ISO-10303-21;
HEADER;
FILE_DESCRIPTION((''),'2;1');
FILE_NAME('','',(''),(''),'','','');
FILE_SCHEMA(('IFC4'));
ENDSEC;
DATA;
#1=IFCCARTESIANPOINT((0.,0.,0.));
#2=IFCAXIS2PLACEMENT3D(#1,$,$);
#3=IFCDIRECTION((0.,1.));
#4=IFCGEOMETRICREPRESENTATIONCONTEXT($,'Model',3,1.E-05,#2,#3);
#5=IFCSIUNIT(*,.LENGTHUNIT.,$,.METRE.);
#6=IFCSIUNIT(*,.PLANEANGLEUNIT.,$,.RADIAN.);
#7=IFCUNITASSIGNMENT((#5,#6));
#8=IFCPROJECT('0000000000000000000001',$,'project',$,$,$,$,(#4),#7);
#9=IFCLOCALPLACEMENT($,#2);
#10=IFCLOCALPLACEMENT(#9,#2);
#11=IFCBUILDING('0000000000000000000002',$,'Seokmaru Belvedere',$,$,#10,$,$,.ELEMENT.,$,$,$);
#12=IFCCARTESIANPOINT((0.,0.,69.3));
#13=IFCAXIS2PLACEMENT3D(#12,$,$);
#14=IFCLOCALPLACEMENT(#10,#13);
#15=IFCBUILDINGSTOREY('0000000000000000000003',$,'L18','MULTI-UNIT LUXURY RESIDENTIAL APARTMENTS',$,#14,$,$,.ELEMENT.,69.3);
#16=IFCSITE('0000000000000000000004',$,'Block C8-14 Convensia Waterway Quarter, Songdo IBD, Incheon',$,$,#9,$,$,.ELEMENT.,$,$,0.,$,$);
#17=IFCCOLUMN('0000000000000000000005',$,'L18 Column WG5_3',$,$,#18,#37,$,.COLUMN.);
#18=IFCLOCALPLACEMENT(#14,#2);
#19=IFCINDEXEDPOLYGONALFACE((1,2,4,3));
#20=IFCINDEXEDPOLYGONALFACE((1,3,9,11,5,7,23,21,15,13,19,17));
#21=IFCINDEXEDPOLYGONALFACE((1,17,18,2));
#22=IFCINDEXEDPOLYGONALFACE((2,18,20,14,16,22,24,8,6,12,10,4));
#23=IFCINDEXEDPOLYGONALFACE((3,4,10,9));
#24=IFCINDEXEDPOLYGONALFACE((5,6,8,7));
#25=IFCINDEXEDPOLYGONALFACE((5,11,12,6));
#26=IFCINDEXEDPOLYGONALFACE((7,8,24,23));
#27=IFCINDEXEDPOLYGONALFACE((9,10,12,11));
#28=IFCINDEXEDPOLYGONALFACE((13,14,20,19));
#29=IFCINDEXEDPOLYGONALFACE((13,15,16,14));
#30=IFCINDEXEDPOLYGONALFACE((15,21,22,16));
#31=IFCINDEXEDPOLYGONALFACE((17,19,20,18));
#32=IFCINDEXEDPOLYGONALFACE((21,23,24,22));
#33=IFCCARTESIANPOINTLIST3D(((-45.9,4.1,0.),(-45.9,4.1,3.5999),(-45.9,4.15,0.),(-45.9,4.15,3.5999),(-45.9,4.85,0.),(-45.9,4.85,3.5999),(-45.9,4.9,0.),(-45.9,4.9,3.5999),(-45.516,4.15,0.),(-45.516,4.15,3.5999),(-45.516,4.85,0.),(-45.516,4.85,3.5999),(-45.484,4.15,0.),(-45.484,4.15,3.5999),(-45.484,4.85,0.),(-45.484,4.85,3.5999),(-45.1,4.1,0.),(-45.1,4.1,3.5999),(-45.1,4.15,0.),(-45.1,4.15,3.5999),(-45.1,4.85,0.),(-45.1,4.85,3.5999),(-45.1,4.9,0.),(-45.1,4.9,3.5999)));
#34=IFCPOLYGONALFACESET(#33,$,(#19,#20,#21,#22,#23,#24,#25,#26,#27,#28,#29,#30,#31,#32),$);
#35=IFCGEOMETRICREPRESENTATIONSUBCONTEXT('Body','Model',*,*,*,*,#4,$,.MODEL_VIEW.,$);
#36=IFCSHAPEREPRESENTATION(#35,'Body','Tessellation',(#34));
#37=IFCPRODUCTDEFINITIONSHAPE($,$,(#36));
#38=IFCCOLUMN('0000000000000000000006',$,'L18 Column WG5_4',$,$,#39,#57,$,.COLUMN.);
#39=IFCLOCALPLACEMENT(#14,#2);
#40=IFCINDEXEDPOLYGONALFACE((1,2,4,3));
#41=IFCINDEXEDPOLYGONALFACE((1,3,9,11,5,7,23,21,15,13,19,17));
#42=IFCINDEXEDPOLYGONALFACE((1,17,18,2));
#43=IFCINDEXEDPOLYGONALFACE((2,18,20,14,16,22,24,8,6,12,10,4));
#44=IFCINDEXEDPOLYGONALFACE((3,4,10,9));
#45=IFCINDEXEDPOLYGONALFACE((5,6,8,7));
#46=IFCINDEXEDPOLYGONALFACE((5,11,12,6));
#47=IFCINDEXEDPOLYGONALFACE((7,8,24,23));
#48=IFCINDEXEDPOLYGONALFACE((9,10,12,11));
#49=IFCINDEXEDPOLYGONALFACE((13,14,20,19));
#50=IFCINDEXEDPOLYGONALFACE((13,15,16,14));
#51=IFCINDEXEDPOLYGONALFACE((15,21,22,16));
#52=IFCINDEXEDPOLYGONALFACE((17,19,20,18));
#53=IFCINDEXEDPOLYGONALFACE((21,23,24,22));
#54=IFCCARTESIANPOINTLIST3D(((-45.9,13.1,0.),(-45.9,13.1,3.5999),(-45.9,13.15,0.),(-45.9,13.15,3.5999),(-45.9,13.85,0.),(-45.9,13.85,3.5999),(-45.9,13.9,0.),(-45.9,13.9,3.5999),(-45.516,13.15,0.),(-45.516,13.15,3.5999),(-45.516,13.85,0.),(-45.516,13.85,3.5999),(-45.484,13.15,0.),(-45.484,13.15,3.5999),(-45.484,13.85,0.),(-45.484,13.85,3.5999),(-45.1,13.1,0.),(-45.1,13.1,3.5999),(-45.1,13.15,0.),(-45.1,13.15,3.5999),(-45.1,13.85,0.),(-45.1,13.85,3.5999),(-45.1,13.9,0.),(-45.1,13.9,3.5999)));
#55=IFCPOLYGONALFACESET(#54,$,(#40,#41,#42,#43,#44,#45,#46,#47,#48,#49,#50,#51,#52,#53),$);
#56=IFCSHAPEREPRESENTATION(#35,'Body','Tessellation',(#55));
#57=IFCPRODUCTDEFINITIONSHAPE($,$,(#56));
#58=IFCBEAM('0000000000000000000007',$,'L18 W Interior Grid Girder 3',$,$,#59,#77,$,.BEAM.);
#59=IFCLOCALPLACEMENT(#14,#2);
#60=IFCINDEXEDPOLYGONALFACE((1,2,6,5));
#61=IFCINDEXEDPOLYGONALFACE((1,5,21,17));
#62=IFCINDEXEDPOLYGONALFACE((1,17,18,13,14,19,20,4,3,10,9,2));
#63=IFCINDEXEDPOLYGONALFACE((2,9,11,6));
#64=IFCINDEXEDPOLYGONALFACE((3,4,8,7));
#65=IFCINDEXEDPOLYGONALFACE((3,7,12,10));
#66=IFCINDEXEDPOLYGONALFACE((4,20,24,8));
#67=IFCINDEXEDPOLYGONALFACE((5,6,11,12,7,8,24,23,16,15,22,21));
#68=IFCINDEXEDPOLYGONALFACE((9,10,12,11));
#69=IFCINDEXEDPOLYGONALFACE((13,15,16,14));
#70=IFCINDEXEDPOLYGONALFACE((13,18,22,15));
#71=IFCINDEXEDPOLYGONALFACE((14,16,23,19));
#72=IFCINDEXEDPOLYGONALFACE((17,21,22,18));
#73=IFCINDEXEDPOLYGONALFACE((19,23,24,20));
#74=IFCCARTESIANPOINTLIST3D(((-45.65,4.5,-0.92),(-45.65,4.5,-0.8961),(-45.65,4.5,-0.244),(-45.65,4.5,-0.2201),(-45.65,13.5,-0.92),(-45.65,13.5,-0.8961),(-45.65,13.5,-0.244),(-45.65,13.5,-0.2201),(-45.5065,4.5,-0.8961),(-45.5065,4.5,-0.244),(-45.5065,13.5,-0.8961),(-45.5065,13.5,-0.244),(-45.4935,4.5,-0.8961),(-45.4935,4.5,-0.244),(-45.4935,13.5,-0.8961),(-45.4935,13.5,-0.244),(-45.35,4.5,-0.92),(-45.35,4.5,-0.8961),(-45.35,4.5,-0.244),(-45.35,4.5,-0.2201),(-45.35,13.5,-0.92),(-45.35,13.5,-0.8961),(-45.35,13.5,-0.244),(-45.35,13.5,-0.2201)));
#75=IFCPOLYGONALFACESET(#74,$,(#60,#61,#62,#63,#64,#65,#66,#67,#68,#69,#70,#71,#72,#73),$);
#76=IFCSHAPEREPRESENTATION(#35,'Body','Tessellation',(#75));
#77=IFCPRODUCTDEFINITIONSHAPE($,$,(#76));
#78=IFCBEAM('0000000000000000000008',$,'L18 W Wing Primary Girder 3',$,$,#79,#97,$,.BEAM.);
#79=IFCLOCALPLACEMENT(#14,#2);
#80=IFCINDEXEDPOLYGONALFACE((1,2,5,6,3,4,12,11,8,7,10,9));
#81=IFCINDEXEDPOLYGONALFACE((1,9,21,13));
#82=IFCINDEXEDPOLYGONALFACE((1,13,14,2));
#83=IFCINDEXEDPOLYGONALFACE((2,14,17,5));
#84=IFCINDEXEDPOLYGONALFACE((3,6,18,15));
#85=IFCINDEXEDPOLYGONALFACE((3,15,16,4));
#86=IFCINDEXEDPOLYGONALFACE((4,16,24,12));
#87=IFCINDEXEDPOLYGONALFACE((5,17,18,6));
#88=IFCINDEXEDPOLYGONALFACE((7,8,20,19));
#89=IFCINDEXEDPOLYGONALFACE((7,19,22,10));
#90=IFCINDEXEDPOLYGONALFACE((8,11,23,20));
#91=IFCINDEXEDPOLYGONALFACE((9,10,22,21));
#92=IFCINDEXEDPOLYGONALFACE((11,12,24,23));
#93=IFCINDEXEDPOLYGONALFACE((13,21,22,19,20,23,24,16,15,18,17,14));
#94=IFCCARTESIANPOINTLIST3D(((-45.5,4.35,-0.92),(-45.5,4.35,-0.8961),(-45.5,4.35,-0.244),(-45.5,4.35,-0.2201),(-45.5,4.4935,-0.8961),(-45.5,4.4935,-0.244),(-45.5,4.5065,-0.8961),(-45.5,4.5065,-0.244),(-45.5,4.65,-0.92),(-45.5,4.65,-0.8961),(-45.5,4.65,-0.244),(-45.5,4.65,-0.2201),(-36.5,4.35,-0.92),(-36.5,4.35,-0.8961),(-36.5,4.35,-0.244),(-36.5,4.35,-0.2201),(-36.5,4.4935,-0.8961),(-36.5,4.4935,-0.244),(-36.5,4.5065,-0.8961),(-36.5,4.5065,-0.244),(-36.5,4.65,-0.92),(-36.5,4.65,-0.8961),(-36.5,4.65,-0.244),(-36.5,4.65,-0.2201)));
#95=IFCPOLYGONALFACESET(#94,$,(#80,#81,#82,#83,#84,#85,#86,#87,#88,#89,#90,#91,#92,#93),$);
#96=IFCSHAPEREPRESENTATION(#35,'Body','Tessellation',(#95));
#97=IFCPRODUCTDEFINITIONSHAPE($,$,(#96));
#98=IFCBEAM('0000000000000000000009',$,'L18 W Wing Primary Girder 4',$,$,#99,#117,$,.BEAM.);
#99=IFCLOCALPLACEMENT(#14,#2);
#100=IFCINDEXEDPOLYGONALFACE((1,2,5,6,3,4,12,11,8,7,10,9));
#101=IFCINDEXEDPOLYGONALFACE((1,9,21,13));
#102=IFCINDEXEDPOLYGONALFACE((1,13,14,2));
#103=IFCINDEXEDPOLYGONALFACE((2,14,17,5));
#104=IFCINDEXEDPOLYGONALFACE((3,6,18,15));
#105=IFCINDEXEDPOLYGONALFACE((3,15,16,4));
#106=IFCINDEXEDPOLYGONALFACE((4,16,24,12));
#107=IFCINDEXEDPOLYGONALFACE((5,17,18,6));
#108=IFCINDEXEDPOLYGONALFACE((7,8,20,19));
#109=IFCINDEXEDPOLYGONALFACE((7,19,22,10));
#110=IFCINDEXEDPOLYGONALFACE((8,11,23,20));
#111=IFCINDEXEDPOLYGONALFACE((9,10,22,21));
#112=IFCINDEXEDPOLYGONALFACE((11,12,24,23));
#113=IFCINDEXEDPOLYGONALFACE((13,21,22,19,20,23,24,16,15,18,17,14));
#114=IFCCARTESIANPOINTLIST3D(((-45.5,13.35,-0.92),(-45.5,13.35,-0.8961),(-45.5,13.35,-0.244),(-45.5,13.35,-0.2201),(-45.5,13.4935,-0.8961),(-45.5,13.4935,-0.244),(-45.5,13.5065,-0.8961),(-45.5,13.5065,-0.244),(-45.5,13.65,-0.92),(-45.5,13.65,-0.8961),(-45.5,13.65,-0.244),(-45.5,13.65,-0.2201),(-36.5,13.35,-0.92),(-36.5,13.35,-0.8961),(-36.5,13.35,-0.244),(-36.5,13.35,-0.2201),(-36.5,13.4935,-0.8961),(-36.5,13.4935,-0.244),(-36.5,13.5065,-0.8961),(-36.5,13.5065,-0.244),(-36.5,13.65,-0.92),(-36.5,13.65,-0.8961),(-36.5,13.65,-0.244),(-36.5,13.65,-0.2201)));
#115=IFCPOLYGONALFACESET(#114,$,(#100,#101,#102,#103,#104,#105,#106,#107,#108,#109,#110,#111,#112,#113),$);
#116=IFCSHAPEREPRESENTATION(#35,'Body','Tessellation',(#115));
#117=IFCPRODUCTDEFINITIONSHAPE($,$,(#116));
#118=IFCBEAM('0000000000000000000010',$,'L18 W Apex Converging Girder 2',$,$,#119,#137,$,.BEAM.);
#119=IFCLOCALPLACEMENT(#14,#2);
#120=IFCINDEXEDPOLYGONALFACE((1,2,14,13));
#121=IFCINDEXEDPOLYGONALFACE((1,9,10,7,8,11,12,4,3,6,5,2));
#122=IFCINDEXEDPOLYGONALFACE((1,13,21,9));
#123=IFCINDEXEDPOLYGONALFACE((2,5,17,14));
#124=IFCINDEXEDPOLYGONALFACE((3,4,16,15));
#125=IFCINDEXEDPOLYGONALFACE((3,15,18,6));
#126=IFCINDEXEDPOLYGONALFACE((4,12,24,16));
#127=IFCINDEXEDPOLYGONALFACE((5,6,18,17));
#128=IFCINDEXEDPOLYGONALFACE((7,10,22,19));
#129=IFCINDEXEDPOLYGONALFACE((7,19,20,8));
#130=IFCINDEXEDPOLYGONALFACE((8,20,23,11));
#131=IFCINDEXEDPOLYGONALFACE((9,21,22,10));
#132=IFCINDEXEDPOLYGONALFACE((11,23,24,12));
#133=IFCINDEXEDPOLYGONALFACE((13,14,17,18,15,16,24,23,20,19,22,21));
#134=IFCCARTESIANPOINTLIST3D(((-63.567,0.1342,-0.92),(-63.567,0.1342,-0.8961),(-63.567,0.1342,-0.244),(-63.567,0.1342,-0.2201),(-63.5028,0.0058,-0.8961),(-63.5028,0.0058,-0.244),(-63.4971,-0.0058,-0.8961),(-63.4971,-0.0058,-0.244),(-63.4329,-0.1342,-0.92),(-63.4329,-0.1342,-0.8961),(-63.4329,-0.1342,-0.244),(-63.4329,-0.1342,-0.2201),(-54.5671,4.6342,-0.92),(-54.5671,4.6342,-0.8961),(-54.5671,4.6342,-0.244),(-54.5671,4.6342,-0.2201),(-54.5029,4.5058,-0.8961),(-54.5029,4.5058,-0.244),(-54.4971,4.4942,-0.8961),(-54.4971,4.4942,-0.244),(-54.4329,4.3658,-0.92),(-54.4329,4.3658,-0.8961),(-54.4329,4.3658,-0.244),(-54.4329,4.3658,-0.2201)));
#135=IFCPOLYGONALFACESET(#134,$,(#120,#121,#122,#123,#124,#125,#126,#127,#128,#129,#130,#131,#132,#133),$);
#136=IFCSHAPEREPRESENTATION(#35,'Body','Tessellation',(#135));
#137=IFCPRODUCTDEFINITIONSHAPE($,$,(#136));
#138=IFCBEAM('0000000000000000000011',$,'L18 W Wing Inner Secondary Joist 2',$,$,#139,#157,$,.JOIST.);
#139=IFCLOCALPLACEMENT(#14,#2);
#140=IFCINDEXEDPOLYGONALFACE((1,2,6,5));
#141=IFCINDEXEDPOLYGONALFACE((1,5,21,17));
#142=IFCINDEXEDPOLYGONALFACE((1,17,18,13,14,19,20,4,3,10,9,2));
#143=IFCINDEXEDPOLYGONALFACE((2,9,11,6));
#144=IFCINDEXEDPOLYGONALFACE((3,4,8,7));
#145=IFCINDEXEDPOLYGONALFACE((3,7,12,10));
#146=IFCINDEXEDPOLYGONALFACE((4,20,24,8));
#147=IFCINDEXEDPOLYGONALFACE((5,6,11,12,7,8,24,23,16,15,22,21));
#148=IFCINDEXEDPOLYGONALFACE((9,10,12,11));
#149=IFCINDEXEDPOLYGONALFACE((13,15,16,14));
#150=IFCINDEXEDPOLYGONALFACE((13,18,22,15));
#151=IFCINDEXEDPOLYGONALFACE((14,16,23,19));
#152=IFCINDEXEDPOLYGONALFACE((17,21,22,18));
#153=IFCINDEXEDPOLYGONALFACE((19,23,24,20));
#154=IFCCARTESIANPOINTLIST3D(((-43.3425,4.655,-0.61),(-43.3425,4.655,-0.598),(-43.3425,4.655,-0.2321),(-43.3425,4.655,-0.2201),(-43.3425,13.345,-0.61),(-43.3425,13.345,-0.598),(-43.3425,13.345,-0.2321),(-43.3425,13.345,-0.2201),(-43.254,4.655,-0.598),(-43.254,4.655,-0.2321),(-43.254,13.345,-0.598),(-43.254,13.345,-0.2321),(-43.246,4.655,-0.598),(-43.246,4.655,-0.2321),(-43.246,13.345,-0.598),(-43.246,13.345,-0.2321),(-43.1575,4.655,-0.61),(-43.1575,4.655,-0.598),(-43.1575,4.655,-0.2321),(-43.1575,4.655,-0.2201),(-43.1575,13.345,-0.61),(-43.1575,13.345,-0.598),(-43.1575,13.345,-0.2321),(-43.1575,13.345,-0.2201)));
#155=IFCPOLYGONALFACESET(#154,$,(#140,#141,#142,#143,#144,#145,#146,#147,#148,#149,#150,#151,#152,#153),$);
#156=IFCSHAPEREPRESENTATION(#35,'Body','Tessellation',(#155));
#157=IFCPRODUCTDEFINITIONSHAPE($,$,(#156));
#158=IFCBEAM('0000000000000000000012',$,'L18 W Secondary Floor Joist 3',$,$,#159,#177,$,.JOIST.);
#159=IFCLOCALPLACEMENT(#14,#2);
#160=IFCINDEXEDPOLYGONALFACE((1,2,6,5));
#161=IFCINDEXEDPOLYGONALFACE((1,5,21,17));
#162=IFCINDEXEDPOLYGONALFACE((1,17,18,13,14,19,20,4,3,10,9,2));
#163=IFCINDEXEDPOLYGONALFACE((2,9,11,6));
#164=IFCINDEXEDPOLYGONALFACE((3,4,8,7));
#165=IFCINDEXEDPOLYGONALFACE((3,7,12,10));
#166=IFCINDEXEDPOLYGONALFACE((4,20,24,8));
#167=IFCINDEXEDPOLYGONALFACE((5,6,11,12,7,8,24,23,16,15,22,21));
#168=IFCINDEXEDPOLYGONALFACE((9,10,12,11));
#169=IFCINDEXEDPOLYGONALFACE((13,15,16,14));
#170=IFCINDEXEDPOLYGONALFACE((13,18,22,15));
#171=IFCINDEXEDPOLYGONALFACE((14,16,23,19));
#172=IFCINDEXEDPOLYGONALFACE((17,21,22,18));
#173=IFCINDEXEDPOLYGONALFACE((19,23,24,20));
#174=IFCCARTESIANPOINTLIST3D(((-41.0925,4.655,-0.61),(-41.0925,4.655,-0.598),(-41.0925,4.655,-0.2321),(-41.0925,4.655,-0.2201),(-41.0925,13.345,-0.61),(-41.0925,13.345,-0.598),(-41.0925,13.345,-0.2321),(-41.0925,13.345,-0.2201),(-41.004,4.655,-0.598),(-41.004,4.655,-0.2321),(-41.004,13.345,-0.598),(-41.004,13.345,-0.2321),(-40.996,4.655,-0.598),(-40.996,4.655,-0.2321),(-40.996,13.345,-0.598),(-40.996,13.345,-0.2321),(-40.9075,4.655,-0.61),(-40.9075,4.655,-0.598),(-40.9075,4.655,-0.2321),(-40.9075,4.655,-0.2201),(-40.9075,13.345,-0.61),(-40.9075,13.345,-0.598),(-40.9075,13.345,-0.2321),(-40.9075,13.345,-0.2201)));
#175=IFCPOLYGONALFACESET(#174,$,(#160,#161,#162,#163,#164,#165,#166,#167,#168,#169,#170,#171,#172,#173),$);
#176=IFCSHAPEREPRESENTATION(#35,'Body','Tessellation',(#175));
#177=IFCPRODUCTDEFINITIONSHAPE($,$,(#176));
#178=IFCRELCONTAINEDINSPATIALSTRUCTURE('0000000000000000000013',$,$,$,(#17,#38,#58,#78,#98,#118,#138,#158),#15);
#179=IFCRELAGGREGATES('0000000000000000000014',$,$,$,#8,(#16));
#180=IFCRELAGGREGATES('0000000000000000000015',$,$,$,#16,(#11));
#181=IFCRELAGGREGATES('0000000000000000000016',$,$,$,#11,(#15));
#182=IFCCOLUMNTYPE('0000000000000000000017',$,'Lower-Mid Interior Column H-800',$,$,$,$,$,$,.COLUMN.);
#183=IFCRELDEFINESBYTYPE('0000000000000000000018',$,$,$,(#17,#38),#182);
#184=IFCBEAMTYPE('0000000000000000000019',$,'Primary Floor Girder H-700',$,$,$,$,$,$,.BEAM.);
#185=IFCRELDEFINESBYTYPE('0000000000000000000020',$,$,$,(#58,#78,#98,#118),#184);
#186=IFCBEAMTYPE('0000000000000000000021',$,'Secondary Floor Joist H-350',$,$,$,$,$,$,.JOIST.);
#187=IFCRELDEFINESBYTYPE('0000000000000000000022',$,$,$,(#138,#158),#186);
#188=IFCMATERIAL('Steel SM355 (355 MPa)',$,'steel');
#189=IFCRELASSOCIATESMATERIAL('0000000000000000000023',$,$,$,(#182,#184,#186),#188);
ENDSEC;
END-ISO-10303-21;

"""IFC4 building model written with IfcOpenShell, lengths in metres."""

from ifc_helpers import new_model, si_unit, direction, frame, origin, origin_2d, place, context, subcontext, project, spatial, i_section, extrude, source, transform, mapped, material, material_profile, profile_set, type_object, type_shapes, element, save


model = new_model("IFC4")

# Units and contexts
model_context = context("Model", 3, precision=1e-05, world=origin(), true_north=direction((0.0, 1.0)))
body_context = subcontext(model_context, "Body", "Model", "MODEL_VIEW")
ifc_project = project(units=[si_unit("LENGTHUNIT", "METRE"), si_unit("PLANEANGLEUNIT", "RADIAN")], contexts=[model_context])

# Site, building, storey
site_placement = place(None, origin())
site = spatial("IfcSite", under=ifc_project, at=site_placement, Name="Block C8-14 Convensia Waterway Quarter, Songdo IBD, Incheon", CompositionType="ELEMENT", RefElevation=0.0)
building_placement = place(site_placement, origin())
building = spatial("IfcBuilding", under=site, at=building_placement, Name="Seokmaru Belvedere", CompositionType="ELEMENT")
storey_placement = place(building_placement, frame((0.0, 0.0, 69.3)))
storey = spatial("IfcBuildingStorey", under=building, at=storey_placement, Name="L18", Description="MULTI-UNIT LUXURY RESIDENTIAL APARTMENTS", CompositionType="ELEMENT", Elevation=69.3)

# Columns
ifc_material_1 = material(Name="Steel SM355 (355 MPa)", Category="steel")
ifc_material_profile_1 = material_profile(ifc_material_1, i_section(OverallWidth=0.8, OverallDepth=0.8, WebThickness=0.032, FlangeThickness=0.05, at=origin_2d()), Name="H-800x800x32x50")
ifc_profile_set_1 = profile_set([ifc_material_profile_1], Name="Steel SM355 (355 MPa)")
column_type = type_object("IfcColumnType", Name="Lower-Mid Interior Column H-800", PredefinedType="COLUMN", material=ifc_profile_set_1)
shared_shape_1 = source(origin(), body_context, "Body", "SweptSolid", [
    extrude(i_section(OverallWidth=0.8, OverallDepth=0.8, WebThickness=0.032, FlangeThickness=0.05, at=origin_2d()), origin(), (0.0, 0.0, 1.0), 3.5999),
])
type_shapes(column_type, [shared_shape_1])
for number, where, z_axis, x_axis, name in (
    (1, (-45.5, 4.5, 0.0), (0.0, 0.0, 1.0), (1.0, 0.0, 0.0), "L18 Column WG5_3"),
    (2, (-45.5, 13.5, 0.0), (0.0, 0.0, 1.0), (1.0, 0.0, 0.0), "L18 Column WG5_4"),
):
    element("IfcColumn", number, at=place(storey_placement, frame(where, z_axis=z_axis, x_axis=x_axis)), inside=storey, type_object=column_type, Name=name, PredefinedType="COLUMN", context=body_context, shape_type="MappedRepresentation", body=[
        mapped(shared_shape_1, transform((0.0, 0.0, 0.0), scale=1.0)),
    ])

# Beams
ifc_material_profile_2 = material_profile(ifc_material_1, i_section(OverallWidth=0.3, OverallDepth=0.7, WebThickness=0.0129, FlangeThickness=0.0239, at=origin_2d()), Name="H-700x300x13x24")
ifc_profile_set_2 = profile_set([ifc_material_profile_2], Name="Steel SM355 (355 MPa)")
beam_type_1 = type_object("IfcBeamType", Name="Primary Floor Girder H-700", PredefinedType="BEAM", material=ifc_profile_set_2)
shared_shape_2 = source(origin(), body_context, "Body", "SweptSolid", [
    extrude(i_section(OverallWidth=0.3, OverallDepth=0.7, WebThickness=0.0129, FlangeThickness=0.0239, at=origin_2d()), origin(), (0.0, 0.0, 1.0), 9.0),
])
for number, where, z_axis, x_axis, name in (
    (3, (-45.5, 4.5, -0.5701), (0.0, 1.0, 0.0), (-1.0, 0.0, 0.0), "L18 W Interior Grid Girder 3"),
    (4, (-45.5, 4.5, -0.5701), (1.0, 0.0, 0.0), (0.0, 1.0, 0.0), "L18 W Wing Primary Girder 3"),
    (5, (-45.5, 13.5, -0.5701), (1.0, 0.0, 0.0), (0.0, 1.0, 0.0), "L18 W Wing Primary Girder 4"),
):
    element("IfcBeam", number, at=place(storey_placement, frame(where, z_axis=z_axis, x_axis=x_axis)), inside=storey, type_object=beam_type_1, Name=name, PredefinedType="BEAM", context=body_context, shape_type="MappedRepresentation", body=[
        mapped(shared_shape_2, transform((0.0, 0.0, 0.0), scale=1.0)),
    ])
shared_shape_3 = source(origin(), body_context, "Body", "SweptSolid", [
    extrude(i_section(OverallWidth=0.3, OverallDepth=0.7, WebThickness=0.0129, FlangeThickness=0.0239, at=origin_2d()), origin(), (0.0, 0.0, 1.0), 10.0623),
])
type_shapes(beam_type_1, [shared_shape_2, shared_shape_3])
beam_placement = place(storey_placement, frame((-54.5, 4.5, -0.5701), z_axis=(-0.894427, -0.447214, 0.0), x_axis=(0.447214, -0.894427, 0.0)))
element("IfcBeam", 6, at=beam_placement, inside=storey, type_object=beam_type_1, Name="L18 W Apex Converging Girder 2", PredefinedType="BEAM", context=body_context, shape_type="MappedRepresentation", body=[
    mapped(shared_shape_3, transform((0.0, 0.0, 0.0), scale=1.0)),
])
ifc_material_profile_3 = material_profile(ifc_material_1, i_section(OverallWidth=0.1851, OverallDepth=0.3899, WebThickness=0.0081, FlangeThickness=0.012, at=origin_2d()), Name="H-390x185x8x12")
ifc_profile_set_3 = profile_set([ifc_material_profile_3], Name="Steel SM355 (355 MPa)")
beam_type_2 = type_object("IfcBeamType", Name="Secondary Floor Joist H-350", PredefinedType="JOIST", material=ifc_profile_set_3)
shared_shape_4 = source(origin(), body_context, "Body", "SweptSolid", [
    extrude(i_section(OverallWidth=0.1851, OverallDepth=0.3899, WebThickness=0.0081, FlangeThickness=0.012, at=origin_2d()), origin(), (0.0, 0.0, 1.0), 8.6899),
])
type_shapes(beam_type_2, [shared_shape_4])
for number, where, z_axis, x_axis, name in (
    (7, (-43.25, 4.655, -0.415), (0.0, 1.0, 0.0), (-1.0, 0.0, 0.0), "L18 W Wing Inner Secondary Joist 2"),
    (8, (-41.0, 4.655, -0.415), (0.0, 1.0, 0.0), (-1.0, 0.0, 0.0), "L18 W Secondary Floor Joist 3"),
):
    element("IfcBeam", number, at=place(storey_placement, frame(where, z_axis=z_axis, x_axis=x_axis)), inside=storey, type_object=beam_type_2, Name=name, PredefinedType="JOIST", context=body_context, shape_type="MappedRepresentation", body=[
        mapped(shared_shape_4, transform((0.0, 0.0, 0.0), scale=1.0)),
    ])

save(model, "model.ifc")
